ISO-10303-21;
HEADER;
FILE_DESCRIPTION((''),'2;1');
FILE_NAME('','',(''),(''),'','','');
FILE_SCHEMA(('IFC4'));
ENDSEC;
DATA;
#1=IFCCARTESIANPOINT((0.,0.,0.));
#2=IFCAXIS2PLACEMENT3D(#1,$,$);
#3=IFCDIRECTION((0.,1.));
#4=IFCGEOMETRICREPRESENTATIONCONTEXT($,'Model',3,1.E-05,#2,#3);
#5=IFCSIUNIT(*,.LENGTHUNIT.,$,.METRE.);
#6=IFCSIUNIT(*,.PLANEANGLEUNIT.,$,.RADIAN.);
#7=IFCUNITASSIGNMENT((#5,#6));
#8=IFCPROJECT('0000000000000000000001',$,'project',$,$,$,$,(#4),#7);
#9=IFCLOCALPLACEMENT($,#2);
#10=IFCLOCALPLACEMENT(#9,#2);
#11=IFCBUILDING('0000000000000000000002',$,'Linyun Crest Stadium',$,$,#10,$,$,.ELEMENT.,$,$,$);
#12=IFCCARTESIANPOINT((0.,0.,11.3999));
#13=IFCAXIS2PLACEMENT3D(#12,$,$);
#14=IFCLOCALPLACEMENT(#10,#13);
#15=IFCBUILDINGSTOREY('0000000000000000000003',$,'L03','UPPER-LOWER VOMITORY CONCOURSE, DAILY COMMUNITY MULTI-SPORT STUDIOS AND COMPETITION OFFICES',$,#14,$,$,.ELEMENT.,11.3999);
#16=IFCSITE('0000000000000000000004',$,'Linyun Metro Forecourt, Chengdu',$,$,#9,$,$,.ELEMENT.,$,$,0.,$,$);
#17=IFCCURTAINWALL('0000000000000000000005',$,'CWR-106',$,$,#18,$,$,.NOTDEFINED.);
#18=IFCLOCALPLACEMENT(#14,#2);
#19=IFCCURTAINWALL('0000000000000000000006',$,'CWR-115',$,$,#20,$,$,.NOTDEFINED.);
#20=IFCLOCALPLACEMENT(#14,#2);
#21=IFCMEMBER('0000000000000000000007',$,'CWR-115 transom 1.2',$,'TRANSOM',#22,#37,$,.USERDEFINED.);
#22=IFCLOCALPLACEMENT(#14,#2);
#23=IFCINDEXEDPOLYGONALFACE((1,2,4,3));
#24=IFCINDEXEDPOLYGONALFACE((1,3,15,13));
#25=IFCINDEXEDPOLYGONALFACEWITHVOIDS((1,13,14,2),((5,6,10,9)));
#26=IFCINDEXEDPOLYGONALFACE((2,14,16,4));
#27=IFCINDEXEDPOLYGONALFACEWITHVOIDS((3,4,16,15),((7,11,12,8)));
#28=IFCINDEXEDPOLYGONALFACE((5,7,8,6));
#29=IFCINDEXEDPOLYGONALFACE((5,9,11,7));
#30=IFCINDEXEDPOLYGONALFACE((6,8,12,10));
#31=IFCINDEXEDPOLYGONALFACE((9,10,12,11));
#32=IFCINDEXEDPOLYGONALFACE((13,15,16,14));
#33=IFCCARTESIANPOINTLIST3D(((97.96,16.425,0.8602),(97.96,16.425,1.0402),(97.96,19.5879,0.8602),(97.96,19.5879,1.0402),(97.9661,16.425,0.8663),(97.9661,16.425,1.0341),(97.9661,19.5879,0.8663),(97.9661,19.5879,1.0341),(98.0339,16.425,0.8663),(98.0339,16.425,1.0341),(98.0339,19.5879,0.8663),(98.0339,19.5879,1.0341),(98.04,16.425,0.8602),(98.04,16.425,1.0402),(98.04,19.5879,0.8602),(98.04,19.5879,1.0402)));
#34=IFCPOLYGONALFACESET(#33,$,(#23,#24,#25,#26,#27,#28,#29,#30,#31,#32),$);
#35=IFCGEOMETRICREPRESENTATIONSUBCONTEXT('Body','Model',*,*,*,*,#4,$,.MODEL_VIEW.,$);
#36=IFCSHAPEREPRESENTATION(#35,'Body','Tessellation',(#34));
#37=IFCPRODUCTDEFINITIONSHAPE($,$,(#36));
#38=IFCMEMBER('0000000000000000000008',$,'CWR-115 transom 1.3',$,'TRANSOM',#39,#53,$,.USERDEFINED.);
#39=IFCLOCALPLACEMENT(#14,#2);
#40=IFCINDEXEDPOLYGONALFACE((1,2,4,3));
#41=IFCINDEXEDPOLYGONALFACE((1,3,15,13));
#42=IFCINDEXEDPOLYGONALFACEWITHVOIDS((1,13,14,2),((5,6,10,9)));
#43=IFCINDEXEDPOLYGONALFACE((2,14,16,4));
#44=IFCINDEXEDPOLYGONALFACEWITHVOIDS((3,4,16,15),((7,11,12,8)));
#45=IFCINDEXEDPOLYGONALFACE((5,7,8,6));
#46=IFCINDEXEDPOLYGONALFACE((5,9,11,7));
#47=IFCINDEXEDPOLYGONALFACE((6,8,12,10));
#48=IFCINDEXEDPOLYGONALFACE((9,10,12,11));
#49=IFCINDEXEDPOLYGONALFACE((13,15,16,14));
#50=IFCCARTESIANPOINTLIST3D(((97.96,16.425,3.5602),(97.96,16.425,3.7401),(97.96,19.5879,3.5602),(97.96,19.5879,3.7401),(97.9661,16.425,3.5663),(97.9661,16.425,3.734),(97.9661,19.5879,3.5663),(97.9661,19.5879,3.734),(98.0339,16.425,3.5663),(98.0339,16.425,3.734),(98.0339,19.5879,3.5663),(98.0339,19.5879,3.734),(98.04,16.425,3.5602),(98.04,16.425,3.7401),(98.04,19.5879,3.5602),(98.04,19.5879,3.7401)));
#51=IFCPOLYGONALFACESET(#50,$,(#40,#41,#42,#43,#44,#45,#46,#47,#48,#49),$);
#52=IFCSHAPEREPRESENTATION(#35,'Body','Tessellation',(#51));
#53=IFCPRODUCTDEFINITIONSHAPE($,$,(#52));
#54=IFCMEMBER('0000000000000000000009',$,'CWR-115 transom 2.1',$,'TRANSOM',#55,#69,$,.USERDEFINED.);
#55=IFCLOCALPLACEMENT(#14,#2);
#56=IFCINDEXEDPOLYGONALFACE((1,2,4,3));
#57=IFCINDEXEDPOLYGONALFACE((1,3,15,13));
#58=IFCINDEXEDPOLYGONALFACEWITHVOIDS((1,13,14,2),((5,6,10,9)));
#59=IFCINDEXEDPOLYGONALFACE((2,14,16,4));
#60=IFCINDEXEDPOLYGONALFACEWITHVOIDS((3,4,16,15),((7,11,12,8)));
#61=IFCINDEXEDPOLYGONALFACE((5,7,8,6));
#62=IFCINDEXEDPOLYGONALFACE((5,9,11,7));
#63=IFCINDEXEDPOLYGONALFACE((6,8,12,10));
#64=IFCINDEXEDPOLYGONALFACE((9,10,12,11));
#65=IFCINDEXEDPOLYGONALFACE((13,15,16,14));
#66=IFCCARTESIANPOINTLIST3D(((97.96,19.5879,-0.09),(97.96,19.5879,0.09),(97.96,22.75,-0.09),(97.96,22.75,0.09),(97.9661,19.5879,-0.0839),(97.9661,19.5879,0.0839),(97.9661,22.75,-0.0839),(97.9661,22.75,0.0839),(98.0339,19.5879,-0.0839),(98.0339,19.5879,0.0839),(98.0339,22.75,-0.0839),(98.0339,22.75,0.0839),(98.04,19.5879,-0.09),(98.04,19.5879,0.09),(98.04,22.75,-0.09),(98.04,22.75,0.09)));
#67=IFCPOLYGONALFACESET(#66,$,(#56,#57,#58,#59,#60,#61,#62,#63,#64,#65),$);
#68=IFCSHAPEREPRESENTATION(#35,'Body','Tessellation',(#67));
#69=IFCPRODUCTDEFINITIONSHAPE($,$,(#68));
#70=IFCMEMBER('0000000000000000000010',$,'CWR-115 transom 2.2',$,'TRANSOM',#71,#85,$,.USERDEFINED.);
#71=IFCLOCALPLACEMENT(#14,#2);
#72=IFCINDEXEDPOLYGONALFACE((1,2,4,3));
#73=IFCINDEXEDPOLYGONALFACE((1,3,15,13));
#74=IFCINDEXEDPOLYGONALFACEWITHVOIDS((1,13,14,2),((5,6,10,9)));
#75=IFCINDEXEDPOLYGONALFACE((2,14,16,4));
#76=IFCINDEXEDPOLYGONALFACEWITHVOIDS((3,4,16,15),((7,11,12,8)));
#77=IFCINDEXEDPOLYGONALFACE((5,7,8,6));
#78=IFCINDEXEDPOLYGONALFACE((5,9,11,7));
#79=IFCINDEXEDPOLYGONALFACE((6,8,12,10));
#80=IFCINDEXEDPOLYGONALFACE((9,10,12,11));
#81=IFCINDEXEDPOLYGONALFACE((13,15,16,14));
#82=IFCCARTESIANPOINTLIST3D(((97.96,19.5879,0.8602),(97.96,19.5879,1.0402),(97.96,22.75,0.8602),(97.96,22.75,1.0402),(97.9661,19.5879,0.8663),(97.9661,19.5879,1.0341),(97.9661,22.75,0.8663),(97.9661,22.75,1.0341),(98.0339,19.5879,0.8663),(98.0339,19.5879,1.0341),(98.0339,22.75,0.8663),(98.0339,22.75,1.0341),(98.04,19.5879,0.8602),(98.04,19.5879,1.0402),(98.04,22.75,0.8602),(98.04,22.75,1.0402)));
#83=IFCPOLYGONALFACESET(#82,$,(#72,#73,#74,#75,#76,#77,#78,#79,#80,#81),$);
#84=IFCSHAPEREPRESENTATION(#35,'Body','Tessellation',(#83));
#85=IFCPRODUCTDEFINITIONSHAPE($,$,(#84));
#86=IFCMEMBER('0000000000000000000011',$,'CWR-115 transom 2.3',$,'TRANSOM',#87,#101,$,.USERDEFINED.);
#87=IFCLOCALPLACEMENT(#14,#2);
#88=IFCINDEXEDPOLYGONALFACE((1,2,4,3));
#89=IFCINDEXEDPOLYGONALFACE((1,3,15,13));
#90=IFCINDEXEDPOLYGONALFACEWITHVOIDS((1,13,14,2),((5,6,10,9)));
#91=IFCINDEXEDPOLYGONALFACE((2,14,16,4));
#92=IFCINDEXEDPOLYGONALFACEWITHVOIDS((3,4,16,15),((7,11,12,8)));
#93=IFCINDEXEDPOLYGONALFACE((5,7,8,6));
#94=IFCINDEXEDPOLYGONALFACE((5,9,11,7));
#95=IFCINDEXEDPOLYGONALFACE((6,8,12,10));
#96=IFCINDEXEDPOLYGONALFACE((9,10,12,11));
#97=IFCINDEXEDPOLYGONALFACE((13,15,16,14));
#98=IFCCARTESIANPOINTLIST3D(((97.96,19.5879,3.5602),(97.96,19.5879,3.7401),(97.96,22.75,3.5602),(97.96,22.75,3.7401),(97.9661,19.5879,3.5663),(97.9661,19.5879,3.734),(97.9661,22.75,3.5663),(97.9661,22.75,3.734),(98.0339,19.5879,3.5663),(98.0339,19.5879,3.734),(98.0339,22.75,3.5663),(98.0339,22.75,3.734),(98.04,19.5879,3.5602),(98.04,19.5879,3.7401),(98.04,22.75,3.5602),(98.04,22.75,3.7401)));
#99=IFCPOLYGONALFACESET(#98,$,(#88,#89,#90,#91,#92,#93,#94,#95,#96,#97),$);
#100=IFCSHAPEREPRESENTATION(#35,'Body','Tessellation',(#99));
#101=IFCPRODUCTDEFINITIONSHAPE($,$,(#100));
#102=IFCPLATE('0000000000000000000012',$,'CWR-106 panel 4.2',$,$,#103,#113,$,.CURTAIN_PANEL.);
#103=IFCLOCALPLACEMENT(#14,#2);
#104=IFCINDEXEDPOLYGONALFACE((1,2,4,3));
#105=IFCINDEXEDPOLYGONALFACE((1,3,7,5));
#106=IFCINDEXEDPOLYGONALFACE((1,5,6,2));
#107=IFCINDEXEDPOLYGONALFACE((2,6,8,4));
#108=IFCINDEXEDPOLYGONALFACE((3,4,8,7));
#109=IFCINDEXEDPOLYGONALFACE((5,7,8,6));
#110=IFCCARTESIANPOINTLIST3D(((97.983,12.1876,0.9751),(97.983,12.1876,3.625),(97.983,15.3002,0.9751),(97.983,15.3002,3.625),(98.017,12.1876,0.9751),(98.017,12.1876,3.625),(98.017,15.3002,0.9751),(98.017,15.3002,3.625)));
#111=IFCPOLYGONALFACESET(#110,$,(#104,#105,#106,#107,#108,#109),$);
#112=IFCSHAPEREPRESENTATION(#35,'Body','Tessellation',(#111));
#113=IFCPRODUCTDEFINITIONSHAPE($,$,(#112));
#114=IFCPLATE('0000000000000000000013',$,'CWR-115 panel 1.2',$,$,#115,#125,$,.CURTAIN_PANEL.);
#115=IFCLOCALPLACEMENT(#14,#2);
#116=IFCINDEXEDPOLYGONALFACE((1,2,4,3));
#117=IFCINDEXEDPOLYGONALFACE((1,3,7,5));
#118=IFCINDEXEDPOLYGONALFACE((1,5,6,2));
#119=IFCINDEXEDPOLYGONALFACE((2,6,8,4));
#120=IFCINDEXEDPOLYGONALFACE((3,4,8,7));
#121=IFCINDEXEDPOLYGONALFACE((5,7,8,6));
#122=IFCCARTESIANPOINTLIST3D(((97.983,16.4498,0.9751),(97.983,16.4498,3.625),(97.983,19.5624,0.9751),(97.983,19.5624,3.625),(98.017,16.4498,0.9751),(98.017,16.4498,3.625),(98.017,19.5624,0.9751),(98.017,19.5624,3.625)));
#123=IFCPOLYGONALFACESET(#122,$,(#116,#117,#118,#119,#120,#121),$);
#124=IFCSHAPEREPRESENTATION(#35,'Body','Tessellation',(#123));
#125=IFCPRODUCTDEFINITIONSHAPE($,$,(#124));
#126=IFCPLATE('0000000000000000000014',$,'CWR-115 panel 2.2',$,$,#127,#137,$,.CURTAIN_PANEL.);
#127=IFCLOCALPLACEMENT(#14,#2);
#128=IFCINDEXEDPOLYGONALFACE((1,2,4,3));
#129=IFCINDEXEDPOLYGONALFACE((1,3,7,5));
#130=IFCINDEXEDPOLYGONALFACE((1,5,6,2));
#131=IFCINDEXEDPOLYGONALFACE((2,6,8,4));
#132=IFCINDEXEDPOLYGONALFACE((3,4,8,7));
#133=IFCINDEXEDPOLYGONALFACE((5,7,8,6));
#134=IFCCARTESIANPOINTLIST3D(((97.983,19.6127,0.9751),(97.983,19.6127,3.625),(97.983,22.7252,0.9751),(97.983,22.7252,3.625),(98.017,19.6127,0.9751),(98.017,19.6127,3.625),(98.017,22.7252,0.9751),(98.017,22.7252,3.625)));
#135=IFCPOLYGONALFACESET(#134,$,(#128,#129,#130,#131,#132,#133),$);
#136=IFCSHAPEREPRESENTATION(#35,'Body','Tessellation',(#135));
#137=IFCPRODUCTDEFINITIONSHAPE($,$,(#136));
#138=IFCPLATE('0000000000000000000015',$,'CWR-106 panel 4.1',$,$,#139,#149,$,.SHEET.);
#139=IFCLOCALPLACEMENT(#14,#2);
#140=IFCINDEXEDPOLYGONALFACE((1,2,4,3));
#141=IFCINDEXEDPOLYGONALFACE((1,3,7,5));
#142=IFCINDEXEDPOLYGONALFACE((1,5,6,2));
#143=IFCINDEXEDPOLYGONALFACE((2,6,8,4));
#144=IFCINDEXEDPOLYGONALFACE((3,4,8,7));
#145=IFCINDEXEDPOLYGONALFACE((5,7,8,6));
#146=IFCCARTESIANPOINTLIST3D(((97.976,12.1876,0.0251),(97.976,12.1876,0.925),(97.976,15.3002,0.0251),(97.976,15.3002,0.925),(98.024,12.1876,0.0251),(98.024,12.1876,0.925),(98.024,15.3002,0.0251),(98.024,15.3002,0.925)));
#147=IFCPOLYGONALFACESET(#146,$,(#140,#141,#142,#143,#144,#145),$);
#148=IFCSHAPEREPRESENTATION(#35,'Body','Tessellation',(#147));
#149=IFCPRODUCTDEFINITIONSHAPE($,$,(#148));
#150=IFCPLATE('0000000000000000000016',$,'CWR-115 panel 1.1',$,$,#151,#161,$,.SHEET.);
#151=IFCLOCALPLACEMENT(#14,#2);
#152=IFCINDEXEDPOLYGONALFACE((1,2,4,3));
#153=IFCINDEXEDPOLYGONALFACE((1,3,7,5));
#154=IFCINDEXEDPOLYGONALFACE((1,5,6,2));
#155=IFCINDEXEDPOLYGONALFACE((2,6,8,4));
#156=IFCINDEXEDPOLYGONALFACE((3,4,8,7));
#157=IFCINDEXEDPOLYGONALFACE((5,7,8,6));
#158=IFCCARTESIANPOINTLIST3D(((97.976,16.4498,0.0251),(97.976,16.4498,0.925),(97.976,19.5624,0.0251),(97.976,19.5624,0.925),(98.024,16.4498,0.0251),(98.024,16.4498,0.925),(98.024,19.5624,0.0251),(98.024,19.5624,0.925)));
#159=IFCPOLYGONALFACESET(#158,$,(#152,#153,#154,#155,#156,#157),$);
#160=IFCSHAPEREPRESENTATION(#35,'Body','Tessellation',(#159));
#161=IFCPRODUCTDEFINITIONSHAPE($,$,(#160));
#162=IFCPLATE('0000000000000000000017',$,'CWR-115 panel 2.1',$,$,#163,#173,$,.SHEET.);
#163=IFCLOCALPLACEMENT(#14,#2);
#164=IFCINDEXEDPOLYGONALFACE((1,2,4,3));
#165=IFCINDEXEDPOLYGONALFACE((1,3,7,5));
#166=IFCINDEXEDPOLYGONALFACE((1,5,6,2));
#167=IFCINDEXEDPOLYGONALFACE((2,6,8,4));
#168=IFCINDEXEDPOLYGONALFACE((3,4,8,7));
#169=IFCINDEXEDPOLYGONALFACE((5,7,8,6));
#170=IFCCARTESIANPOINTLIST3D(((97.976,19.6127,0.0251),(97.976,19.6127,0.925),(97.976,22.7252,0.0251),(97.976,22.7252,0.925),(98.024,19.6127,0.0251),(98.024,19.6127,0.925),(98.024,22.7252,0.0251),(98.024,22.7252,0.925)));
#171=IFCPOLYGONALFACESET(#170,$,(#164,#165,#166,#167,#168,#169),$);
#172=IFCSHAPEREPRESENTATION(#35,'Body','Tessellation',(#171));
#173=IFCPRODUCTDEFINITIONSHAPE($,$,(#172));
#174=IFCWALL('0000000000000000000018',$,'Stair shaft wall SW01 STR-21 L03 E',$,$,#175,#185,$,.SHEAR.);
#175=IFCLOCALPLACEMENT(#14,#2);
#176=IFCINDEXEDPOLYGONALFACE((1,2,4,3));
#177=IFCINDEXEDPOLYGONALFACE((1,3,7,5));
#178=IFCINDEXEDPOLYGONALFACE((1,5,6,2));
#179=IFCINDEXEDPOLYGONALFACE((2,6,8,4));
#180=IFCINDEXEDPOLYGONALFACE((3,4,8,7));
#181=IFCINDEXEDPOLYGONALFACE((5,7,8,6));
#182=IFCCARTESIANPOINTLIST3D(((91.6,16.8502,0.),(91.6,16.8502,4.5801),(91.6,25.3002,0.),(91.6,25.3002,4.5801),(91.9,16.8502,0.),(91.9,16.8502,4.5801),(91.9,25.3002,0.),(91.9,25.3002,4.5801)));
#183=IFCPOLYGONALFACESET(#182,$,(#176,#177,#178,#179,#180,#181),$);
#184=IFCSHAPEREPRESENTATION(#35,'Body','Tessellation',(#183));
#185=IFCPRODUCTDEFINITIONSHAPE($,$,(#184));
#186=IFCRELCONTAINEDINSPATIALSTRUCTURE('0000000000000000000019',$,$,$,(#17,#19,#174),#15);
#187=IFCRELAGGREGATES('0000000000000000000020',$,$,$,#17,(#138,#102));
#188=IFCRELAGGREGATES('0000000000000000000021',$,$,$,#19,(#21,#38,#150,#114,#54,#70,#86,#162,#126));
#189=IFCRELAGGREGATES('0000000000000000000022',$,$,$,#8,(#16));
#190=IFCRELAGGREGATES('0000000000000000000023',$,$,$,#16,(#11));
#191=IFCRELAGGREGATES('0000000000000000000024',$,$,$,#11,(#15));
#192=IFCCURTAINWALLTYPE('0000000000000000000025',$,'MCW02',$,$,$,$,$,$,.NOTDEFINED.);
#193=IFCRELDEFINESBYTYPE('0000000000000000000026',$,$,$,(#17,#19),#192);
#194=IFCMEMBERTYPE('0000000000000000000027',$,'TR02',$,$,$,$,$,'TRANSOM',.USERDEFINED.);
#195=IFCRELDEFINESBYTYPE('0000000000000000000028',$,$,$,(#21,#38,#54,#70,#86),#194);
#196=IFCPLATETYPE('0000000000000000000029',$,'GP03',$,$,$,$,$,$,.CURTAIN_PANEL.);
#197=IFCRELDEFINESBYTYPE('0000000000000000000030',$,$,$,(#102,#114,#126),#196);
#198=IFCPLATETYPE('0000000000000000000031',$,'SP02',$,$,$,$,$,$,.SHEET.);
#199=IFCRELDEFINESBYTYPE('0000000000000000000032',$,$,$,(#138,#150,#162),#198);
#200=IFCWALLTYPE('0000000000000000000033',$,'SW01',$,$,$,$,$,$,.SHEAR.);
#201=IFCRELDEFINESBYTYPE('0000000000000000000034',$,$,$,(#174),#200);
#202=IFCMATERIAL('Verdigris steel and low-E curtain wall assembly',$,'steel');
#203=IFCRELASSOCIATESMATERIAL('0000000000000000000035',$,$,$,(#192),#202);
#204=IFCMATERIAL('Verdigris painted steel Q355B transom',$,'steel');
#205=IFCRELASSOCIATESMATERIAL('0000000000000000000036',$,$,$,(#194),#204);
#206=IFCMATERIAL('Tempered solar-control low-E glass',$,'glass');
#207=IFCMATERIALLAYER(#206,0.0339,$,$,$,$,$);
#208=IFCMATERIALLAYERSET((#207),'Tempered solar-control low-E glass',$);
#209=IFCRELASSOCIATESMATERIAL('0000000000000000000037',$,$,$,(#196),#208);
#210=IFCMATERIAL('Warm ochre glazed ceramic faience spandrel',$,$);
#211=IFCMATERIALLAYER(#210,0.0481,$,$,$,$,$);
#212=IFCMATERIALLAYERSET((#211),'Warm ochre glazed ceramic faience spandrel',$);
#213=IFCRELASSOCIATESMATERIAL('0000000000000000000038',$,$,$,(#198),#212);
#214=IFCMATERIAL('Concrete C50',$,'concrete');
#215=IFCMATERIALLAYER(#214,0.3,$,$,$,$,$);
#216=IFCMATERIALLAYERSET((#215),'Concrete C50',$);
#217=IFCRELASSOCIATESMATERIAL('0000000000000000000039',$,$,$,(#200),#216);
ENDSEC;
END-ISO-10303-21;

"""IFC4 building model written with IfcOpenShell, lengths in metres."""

from ifc_helpers import new_model, si_unit, direction, frame, frame_2d, origin, origin_2d, place, context, subcontext, project, spatial, rectangle, hollow_rectangle, extrude, material, layer, layer_set, material_profile, profile_set, type_object, element, aggregate, save


model = new_model("IFC4")

# Units and contexts
model_context = context("Model", 3, precision=1e-05, world=origin(), true_north=direction((0.0, 1.0)))
body_context = subcontext(model_context, "Body", "Model", "MODEL_VIEW")
ifc_project = project(units=[si_unit("LENGTHUNIT", "METRE"), si_unit("PLANEANGLEUNIT", "RADIAN")], contexts=[model_context])

# Site, building, storey
site_placement = place(None, origin())
site = spatial("IfcSite", under=ifc_project, at=site_placement, Name="Linyun Metro Forecourt, Chengdu", CompositionType="ELEMENT", RefElevation=0.0)
building_placement = place(site_placement, origin())
building = spatial("IfcBuilding", under=site, at=building_placement, Name="Linyun Crest Stadium", CompositionType="ELEMENT")
storey_placement = place(building_placement, frame((0.0, 0.0, 11.3999)))
storey = spatial("IfcBuildingStorey", under=building, at=storey_placement, Name="L03", Description="UPPER-LOWER VOMITORY CONCOURSE, DAILY COMMUNITY MULTI-SPORT STUDIOS AND COMPETITION OFFICES", CompositionType="ELEMENT", Elevation=11.3999)

# Curtain wall
ifc_material_1 = material(Name="Verdigris steel and low-E curtain wall assembly", Category="steel")
curtain_wall_type = type_object("IfcCurtainWallType", Name="MCW02", PredefinedType="NOTDEFINED", material=ifc_material_1)
curtain_wall_1_placement = place(storey_placement, origin())
curtain_wall_1 = element("IfcCurtainWall", 1, at=curtain_wall_1_placement, inside=storey, type_object=curtain_wall_type, Name="CWR-106", PredefinedType="NOTDEFINED")

# Curtain wall
curtain_wall_2_placement = place(storey_placement, origin())
curtain_wall_2 = element("IfcCurtainWall", 2, at=curtain_wall_2_placement, inside=storey, type_object=curtain_wall_type, Name="CWR-115", PredefinedType="NOTDEFINED")

# Members
ifc_material_2 = material(Name="Verdigris painted steel Q355B transom", Category="steel")
ifc_material_profile_1 = material_profile(ifc_material_2, hollow_rectangle(XDim=0.0801, YDim=0.1799, WallThickness=0.0061, at=origin_2d()), Name="RHS 180x80x6")
ifc_profile_set_1 = profile_set([ifc_material_profile_1], Name="Verdigris painted steel Q355B transom")
member_type_1 = type_object("IfcMemberType", Name="TR02", ElementType="TRANSOM", PredefinedType="USERDEFINED", material=ifc_profile_set_1)
member_1_placement = place(storey_placement, frame((98.0, 16.425, 0.9502), z_axis=(0.0, 1.0, 0.0), x_axis=(-1.0, 0.0, 0.0)))
member_1 = element("IfcMember", 3, at=member_1_placement, type_object=member_type_1, Name="CWR-115 transom 1.2", ObjectType="TRANSOM", PredefinedType="USERDEFINED", context=body_context, shape_type="SweptSolid", body=[
    extrude(hollow_rectangle(XDim=0.0801, YDim=0.1799, WallThickness=0.0061, at=origin_2d()), origin(), (0.0, 0.0, 1.0), 3.1628),
])
member_2_placement = place(storey_placement, frame((98.0, 16.425, 3.6501), z_axis=(0.0, 1.0, 0.0), x_axis=(-1.0, 0.0, 0.0)))
member_2 = element("IfcMember", 4, at=member_2_placement, type_object=member_type_1, Name="CWR-115 transom 1.3", ObjectType="TRANSOM", PredefinedType="USERDEFINED", context=body_context, shape_type="SweptSolid", body=[
    extrude(hollow_rectangle(XDim=0.0801, YDim=0.1799, WallThickness=0.0061, at=origin_2d()), origin(), (0.0, 0.0, 1.0), 3.1628),
])
member_3_placement = place(storey_placement, frame((98.0, 19.5879, 0.0), z_axis=(0.0, 1.0, 0.0), x_axis=(-1.0, 0.0, 0.0)))
member_3 = element("IfcMember", 5, at=member_3_placement, type_object=member_type_1, Name="CWR-115 transom 2.1", ObjectType="TRANSOM", PredefinedType="USERDEFINED", context=body_context, shape_type="SweptSolid", body=[
    extrude(hollow_rectangle(XDim=0.0801, YDim=0.1799, WallThickness=0.0061, at=origin_2d()), origin(), (0.0, 0.0, 1.0), 3.1621),
])
member_4_placement = place(storey_placement, frame((98.0, 19.5879, 0.9502), z_axis=(0.0, 1.0, 0.0), x_axis=(-1.0, 0.0, 0.0)))
member_4 = element("IfcMember", 6, at=member_4_placement, type_object=member_type_1, Name="CWR-115 transom 2.2", ObjectType="TRANSOM", PredefinedType="USERDEFINED", context=body_context, shape_type="SweptSolid", body=[
    extrude(hollow_rectangle(XDim=0.0801, YDim=0.1799, WallThickness=0.0061, at=origin_2d()), origin(), (0.0, 0.0, 1.0), 3.1621),
])
member_5_placement = place(storey_placement, frame((98.0, 19.5879, 3.6501), z_axis=(0.0, 1.0, 0.0), x_axis=(-1.0, 0.0, 0.0)))
member_5 = element("IfcMember", 7, at=member_5_placement, type_object=member_type_1, Name="CWR-115 transom 2.3", ObjectType="TRANSOM", PredefinedType="USERDEFINED", context=body_context, shape_type="SweptSolid", body=[
    extrude(hollow_rectangle(XDim=0.0801, YDim=0.1799, WallThickness=0.0061, at=origin_2d()), origin(), (0.0, 0.0, 1.0), 3.1621),
])

# Plates
ifc_material_3 = material(Name="Tempered solar-control low-E glass", Category="glass")
ifc_layer_1 = layer(ifc_material_3, 0.0339)
ifc_layer_set_1 = layer_set([ifc_layer_1], Name="Tempered solar-control low-E glass")
plate_type_1 = type_object("IfcPlateType", Name="GP03", PredefinedType="CURTAIN_PANEL", material=ifc_layer_set_1)
plate_1_placement = place(storey_placement, frame((98.0, 13.7439, 0.9751), z_axis=(0.0, 0.0, 1.0), x_axis=(0.0, 1.0, 0.0)))
plate_1 = element("IfcPlate", 8, at=plate_1_placement, type_object=plate_type_1, Name="CWR-106 panel 4.2", PredefinedType="CURTAIN_PANEL", context=body_context, shape_type="SweptSolid", body=[
    extrude(rectangle(XDim=3.1125, YDim=0.0339, at=origin_2d()), origin(), (0.0, 0.0, 1.0), 2.6499),
])
plate_2_placement = place(storey_placement, frame((98.0, 18.0061, 0.9751), z_axis=(0.0, 0.0, 1.0), x_axis=(0.0, 1.0, 0.0)))
plate_2 = element("IfcPlate", 9, at=plate_2_placement, type_object=plate_type_1, Name="CWR-115 panel 1.2", PredefinedType="CURTAIN_PANEL", context=body_context, shape_type="SweptSolid", body=[
    extrude(rectangle(XDim=3.1125, YDim=0.0339, at=origin_2d()), origin(), (0.0, 0.0, 1.0), 2.6499),
])
plate_3_placement = place(storey_placement, frame((98.0, 21.1689, 0.9751), z_axis=(0.0, 0.0, 1.0), x_axis=(0.0, 1.0, 0.0)))
plate_3 = element("IfcPlate", 10, at=plate_3_placement, type_object=plate_type_1, Name="CWR-115 panel 2.2", PredefinedType="CURTAIN_PANEL", context=body_context, shape_type="SweptSolid", body=[
    extrude(rectangle(XDim=3.1125, YDim=0.0339, at=origin_2d()), origin(), (0.0, 0.0, 1.0), 2.6499),
])
ifc_material_4 = material(Name="Warm ochre glazed ceramic faience spandrel")
ifc_layer_2 = layer(ifc_material_4, 0.0481)
ifc_layer_set_2 = layer_set([ifc_layer_2], Name="Warm ochre glazed ceramic faience spandrel")
plate_type_2 = type_object("IfcPlateType", Name="SP02", PredefinedType="SHEET", material=ifc_layer_set_2)
plate_4_placement = place(storey_placement, frame((98.0, 13.7439, 0.0251), z_axis=(0.0, 0.0, 1.0), x_axis=(0.0, 1.0, 0.0)))
plate_4 = element("IfcPlate", 11, at=plate_4_placement, type_object=plate_type_2, Name="CWR-106 panel 4.1", PredefinedType="SHEET", context=body_context, shape_type="SweptSolid", body=[
    extrude(rectangle(XDim=3.1125, YDim=0.0481, at=origin_2d()), origin(), (0.0, 0.0, 1.0), 0.8999),
])
aggregate(curtain_wall_1, [plate_4, plate_1])
plate_5_placement = place(storey_placement, frame((98.0, 18.0061, 0.0251), z_axis=(0.0, 0.0, 1.0), x_axis=(0.0, 1.0, 0.0)))
plate_5 = element("IfcPlate", 12, at=plate_5_placement, type_object=plate_type_2, Name="CWR-115 panel 1.1", PredefinedType="SHEET", context=body_context, shape_type="SweptSolid", body=[
    extrude(rectangle(XDim=3.1125, YDim=0.0481, at=origin_2d()), origin(), (0.0, 0.0, 1.0), 0.8999),
])
plate_6_placement = place(storey_placement, frame((98.0, 21.1689, 0.0251), z_axis=(0.0, 0.0, 1.0), x_axis=(0.0, 1.0, 0.0)))
plate_6 = element("IfcPlate", 13, at=plate_6_placement, type_object=plate_type_2, Name="CWR-115 panel 2.1", PredefinedType="SHEET", context=body_context, shape_type="SweptSolid", body=[
    extrude(rectangle(XDim=3.1125, YDim=0.0481, at=origin_2d()), origin(), (0.0, 0.0, 1.0), 0.8999),
])
aggregate(curtain_wall_2, [member_1, member_2, plate_5, plate_2, member_3, member_4, member_5, plate_6, plate_3])

# Wall
ifc_material_5 = material(Name="Concrete C50", Category="concrete")
ifc_layer_3 = layer(ifc_material_5, 0.3)
ifc_layer_set_3 = layer_set([ifc_layer_3], Name="Concrete C50")
wall_type = type_object("IfcWallType", Name="SW01", PredefinedType="SHEAR", material=ifc_layer_set_3)
wall_placement = place(storey_placement, frame((91.75, 16.8501, 0.0), z_axis=(0.0, 0.0, 1.0), x_axis=(0.0, 1.0, 0.0)))
element("IfcWall", 14, at=wall_placement, inside=storey, type_object=wall_type, Name="Stair shaft wall SW01 STR-21 L03 E", PredefinedType="SHEAR", context=body_context, shape_type="SweptSolid", body=[
    extrude(rectangle(XDim=8.45, YDim=0.3, at=frame_2d((4.2251, 0.0))), origin(), (0.0, 0.0, 1.0), 4.5801),
])

save(model, "model.ifc")
